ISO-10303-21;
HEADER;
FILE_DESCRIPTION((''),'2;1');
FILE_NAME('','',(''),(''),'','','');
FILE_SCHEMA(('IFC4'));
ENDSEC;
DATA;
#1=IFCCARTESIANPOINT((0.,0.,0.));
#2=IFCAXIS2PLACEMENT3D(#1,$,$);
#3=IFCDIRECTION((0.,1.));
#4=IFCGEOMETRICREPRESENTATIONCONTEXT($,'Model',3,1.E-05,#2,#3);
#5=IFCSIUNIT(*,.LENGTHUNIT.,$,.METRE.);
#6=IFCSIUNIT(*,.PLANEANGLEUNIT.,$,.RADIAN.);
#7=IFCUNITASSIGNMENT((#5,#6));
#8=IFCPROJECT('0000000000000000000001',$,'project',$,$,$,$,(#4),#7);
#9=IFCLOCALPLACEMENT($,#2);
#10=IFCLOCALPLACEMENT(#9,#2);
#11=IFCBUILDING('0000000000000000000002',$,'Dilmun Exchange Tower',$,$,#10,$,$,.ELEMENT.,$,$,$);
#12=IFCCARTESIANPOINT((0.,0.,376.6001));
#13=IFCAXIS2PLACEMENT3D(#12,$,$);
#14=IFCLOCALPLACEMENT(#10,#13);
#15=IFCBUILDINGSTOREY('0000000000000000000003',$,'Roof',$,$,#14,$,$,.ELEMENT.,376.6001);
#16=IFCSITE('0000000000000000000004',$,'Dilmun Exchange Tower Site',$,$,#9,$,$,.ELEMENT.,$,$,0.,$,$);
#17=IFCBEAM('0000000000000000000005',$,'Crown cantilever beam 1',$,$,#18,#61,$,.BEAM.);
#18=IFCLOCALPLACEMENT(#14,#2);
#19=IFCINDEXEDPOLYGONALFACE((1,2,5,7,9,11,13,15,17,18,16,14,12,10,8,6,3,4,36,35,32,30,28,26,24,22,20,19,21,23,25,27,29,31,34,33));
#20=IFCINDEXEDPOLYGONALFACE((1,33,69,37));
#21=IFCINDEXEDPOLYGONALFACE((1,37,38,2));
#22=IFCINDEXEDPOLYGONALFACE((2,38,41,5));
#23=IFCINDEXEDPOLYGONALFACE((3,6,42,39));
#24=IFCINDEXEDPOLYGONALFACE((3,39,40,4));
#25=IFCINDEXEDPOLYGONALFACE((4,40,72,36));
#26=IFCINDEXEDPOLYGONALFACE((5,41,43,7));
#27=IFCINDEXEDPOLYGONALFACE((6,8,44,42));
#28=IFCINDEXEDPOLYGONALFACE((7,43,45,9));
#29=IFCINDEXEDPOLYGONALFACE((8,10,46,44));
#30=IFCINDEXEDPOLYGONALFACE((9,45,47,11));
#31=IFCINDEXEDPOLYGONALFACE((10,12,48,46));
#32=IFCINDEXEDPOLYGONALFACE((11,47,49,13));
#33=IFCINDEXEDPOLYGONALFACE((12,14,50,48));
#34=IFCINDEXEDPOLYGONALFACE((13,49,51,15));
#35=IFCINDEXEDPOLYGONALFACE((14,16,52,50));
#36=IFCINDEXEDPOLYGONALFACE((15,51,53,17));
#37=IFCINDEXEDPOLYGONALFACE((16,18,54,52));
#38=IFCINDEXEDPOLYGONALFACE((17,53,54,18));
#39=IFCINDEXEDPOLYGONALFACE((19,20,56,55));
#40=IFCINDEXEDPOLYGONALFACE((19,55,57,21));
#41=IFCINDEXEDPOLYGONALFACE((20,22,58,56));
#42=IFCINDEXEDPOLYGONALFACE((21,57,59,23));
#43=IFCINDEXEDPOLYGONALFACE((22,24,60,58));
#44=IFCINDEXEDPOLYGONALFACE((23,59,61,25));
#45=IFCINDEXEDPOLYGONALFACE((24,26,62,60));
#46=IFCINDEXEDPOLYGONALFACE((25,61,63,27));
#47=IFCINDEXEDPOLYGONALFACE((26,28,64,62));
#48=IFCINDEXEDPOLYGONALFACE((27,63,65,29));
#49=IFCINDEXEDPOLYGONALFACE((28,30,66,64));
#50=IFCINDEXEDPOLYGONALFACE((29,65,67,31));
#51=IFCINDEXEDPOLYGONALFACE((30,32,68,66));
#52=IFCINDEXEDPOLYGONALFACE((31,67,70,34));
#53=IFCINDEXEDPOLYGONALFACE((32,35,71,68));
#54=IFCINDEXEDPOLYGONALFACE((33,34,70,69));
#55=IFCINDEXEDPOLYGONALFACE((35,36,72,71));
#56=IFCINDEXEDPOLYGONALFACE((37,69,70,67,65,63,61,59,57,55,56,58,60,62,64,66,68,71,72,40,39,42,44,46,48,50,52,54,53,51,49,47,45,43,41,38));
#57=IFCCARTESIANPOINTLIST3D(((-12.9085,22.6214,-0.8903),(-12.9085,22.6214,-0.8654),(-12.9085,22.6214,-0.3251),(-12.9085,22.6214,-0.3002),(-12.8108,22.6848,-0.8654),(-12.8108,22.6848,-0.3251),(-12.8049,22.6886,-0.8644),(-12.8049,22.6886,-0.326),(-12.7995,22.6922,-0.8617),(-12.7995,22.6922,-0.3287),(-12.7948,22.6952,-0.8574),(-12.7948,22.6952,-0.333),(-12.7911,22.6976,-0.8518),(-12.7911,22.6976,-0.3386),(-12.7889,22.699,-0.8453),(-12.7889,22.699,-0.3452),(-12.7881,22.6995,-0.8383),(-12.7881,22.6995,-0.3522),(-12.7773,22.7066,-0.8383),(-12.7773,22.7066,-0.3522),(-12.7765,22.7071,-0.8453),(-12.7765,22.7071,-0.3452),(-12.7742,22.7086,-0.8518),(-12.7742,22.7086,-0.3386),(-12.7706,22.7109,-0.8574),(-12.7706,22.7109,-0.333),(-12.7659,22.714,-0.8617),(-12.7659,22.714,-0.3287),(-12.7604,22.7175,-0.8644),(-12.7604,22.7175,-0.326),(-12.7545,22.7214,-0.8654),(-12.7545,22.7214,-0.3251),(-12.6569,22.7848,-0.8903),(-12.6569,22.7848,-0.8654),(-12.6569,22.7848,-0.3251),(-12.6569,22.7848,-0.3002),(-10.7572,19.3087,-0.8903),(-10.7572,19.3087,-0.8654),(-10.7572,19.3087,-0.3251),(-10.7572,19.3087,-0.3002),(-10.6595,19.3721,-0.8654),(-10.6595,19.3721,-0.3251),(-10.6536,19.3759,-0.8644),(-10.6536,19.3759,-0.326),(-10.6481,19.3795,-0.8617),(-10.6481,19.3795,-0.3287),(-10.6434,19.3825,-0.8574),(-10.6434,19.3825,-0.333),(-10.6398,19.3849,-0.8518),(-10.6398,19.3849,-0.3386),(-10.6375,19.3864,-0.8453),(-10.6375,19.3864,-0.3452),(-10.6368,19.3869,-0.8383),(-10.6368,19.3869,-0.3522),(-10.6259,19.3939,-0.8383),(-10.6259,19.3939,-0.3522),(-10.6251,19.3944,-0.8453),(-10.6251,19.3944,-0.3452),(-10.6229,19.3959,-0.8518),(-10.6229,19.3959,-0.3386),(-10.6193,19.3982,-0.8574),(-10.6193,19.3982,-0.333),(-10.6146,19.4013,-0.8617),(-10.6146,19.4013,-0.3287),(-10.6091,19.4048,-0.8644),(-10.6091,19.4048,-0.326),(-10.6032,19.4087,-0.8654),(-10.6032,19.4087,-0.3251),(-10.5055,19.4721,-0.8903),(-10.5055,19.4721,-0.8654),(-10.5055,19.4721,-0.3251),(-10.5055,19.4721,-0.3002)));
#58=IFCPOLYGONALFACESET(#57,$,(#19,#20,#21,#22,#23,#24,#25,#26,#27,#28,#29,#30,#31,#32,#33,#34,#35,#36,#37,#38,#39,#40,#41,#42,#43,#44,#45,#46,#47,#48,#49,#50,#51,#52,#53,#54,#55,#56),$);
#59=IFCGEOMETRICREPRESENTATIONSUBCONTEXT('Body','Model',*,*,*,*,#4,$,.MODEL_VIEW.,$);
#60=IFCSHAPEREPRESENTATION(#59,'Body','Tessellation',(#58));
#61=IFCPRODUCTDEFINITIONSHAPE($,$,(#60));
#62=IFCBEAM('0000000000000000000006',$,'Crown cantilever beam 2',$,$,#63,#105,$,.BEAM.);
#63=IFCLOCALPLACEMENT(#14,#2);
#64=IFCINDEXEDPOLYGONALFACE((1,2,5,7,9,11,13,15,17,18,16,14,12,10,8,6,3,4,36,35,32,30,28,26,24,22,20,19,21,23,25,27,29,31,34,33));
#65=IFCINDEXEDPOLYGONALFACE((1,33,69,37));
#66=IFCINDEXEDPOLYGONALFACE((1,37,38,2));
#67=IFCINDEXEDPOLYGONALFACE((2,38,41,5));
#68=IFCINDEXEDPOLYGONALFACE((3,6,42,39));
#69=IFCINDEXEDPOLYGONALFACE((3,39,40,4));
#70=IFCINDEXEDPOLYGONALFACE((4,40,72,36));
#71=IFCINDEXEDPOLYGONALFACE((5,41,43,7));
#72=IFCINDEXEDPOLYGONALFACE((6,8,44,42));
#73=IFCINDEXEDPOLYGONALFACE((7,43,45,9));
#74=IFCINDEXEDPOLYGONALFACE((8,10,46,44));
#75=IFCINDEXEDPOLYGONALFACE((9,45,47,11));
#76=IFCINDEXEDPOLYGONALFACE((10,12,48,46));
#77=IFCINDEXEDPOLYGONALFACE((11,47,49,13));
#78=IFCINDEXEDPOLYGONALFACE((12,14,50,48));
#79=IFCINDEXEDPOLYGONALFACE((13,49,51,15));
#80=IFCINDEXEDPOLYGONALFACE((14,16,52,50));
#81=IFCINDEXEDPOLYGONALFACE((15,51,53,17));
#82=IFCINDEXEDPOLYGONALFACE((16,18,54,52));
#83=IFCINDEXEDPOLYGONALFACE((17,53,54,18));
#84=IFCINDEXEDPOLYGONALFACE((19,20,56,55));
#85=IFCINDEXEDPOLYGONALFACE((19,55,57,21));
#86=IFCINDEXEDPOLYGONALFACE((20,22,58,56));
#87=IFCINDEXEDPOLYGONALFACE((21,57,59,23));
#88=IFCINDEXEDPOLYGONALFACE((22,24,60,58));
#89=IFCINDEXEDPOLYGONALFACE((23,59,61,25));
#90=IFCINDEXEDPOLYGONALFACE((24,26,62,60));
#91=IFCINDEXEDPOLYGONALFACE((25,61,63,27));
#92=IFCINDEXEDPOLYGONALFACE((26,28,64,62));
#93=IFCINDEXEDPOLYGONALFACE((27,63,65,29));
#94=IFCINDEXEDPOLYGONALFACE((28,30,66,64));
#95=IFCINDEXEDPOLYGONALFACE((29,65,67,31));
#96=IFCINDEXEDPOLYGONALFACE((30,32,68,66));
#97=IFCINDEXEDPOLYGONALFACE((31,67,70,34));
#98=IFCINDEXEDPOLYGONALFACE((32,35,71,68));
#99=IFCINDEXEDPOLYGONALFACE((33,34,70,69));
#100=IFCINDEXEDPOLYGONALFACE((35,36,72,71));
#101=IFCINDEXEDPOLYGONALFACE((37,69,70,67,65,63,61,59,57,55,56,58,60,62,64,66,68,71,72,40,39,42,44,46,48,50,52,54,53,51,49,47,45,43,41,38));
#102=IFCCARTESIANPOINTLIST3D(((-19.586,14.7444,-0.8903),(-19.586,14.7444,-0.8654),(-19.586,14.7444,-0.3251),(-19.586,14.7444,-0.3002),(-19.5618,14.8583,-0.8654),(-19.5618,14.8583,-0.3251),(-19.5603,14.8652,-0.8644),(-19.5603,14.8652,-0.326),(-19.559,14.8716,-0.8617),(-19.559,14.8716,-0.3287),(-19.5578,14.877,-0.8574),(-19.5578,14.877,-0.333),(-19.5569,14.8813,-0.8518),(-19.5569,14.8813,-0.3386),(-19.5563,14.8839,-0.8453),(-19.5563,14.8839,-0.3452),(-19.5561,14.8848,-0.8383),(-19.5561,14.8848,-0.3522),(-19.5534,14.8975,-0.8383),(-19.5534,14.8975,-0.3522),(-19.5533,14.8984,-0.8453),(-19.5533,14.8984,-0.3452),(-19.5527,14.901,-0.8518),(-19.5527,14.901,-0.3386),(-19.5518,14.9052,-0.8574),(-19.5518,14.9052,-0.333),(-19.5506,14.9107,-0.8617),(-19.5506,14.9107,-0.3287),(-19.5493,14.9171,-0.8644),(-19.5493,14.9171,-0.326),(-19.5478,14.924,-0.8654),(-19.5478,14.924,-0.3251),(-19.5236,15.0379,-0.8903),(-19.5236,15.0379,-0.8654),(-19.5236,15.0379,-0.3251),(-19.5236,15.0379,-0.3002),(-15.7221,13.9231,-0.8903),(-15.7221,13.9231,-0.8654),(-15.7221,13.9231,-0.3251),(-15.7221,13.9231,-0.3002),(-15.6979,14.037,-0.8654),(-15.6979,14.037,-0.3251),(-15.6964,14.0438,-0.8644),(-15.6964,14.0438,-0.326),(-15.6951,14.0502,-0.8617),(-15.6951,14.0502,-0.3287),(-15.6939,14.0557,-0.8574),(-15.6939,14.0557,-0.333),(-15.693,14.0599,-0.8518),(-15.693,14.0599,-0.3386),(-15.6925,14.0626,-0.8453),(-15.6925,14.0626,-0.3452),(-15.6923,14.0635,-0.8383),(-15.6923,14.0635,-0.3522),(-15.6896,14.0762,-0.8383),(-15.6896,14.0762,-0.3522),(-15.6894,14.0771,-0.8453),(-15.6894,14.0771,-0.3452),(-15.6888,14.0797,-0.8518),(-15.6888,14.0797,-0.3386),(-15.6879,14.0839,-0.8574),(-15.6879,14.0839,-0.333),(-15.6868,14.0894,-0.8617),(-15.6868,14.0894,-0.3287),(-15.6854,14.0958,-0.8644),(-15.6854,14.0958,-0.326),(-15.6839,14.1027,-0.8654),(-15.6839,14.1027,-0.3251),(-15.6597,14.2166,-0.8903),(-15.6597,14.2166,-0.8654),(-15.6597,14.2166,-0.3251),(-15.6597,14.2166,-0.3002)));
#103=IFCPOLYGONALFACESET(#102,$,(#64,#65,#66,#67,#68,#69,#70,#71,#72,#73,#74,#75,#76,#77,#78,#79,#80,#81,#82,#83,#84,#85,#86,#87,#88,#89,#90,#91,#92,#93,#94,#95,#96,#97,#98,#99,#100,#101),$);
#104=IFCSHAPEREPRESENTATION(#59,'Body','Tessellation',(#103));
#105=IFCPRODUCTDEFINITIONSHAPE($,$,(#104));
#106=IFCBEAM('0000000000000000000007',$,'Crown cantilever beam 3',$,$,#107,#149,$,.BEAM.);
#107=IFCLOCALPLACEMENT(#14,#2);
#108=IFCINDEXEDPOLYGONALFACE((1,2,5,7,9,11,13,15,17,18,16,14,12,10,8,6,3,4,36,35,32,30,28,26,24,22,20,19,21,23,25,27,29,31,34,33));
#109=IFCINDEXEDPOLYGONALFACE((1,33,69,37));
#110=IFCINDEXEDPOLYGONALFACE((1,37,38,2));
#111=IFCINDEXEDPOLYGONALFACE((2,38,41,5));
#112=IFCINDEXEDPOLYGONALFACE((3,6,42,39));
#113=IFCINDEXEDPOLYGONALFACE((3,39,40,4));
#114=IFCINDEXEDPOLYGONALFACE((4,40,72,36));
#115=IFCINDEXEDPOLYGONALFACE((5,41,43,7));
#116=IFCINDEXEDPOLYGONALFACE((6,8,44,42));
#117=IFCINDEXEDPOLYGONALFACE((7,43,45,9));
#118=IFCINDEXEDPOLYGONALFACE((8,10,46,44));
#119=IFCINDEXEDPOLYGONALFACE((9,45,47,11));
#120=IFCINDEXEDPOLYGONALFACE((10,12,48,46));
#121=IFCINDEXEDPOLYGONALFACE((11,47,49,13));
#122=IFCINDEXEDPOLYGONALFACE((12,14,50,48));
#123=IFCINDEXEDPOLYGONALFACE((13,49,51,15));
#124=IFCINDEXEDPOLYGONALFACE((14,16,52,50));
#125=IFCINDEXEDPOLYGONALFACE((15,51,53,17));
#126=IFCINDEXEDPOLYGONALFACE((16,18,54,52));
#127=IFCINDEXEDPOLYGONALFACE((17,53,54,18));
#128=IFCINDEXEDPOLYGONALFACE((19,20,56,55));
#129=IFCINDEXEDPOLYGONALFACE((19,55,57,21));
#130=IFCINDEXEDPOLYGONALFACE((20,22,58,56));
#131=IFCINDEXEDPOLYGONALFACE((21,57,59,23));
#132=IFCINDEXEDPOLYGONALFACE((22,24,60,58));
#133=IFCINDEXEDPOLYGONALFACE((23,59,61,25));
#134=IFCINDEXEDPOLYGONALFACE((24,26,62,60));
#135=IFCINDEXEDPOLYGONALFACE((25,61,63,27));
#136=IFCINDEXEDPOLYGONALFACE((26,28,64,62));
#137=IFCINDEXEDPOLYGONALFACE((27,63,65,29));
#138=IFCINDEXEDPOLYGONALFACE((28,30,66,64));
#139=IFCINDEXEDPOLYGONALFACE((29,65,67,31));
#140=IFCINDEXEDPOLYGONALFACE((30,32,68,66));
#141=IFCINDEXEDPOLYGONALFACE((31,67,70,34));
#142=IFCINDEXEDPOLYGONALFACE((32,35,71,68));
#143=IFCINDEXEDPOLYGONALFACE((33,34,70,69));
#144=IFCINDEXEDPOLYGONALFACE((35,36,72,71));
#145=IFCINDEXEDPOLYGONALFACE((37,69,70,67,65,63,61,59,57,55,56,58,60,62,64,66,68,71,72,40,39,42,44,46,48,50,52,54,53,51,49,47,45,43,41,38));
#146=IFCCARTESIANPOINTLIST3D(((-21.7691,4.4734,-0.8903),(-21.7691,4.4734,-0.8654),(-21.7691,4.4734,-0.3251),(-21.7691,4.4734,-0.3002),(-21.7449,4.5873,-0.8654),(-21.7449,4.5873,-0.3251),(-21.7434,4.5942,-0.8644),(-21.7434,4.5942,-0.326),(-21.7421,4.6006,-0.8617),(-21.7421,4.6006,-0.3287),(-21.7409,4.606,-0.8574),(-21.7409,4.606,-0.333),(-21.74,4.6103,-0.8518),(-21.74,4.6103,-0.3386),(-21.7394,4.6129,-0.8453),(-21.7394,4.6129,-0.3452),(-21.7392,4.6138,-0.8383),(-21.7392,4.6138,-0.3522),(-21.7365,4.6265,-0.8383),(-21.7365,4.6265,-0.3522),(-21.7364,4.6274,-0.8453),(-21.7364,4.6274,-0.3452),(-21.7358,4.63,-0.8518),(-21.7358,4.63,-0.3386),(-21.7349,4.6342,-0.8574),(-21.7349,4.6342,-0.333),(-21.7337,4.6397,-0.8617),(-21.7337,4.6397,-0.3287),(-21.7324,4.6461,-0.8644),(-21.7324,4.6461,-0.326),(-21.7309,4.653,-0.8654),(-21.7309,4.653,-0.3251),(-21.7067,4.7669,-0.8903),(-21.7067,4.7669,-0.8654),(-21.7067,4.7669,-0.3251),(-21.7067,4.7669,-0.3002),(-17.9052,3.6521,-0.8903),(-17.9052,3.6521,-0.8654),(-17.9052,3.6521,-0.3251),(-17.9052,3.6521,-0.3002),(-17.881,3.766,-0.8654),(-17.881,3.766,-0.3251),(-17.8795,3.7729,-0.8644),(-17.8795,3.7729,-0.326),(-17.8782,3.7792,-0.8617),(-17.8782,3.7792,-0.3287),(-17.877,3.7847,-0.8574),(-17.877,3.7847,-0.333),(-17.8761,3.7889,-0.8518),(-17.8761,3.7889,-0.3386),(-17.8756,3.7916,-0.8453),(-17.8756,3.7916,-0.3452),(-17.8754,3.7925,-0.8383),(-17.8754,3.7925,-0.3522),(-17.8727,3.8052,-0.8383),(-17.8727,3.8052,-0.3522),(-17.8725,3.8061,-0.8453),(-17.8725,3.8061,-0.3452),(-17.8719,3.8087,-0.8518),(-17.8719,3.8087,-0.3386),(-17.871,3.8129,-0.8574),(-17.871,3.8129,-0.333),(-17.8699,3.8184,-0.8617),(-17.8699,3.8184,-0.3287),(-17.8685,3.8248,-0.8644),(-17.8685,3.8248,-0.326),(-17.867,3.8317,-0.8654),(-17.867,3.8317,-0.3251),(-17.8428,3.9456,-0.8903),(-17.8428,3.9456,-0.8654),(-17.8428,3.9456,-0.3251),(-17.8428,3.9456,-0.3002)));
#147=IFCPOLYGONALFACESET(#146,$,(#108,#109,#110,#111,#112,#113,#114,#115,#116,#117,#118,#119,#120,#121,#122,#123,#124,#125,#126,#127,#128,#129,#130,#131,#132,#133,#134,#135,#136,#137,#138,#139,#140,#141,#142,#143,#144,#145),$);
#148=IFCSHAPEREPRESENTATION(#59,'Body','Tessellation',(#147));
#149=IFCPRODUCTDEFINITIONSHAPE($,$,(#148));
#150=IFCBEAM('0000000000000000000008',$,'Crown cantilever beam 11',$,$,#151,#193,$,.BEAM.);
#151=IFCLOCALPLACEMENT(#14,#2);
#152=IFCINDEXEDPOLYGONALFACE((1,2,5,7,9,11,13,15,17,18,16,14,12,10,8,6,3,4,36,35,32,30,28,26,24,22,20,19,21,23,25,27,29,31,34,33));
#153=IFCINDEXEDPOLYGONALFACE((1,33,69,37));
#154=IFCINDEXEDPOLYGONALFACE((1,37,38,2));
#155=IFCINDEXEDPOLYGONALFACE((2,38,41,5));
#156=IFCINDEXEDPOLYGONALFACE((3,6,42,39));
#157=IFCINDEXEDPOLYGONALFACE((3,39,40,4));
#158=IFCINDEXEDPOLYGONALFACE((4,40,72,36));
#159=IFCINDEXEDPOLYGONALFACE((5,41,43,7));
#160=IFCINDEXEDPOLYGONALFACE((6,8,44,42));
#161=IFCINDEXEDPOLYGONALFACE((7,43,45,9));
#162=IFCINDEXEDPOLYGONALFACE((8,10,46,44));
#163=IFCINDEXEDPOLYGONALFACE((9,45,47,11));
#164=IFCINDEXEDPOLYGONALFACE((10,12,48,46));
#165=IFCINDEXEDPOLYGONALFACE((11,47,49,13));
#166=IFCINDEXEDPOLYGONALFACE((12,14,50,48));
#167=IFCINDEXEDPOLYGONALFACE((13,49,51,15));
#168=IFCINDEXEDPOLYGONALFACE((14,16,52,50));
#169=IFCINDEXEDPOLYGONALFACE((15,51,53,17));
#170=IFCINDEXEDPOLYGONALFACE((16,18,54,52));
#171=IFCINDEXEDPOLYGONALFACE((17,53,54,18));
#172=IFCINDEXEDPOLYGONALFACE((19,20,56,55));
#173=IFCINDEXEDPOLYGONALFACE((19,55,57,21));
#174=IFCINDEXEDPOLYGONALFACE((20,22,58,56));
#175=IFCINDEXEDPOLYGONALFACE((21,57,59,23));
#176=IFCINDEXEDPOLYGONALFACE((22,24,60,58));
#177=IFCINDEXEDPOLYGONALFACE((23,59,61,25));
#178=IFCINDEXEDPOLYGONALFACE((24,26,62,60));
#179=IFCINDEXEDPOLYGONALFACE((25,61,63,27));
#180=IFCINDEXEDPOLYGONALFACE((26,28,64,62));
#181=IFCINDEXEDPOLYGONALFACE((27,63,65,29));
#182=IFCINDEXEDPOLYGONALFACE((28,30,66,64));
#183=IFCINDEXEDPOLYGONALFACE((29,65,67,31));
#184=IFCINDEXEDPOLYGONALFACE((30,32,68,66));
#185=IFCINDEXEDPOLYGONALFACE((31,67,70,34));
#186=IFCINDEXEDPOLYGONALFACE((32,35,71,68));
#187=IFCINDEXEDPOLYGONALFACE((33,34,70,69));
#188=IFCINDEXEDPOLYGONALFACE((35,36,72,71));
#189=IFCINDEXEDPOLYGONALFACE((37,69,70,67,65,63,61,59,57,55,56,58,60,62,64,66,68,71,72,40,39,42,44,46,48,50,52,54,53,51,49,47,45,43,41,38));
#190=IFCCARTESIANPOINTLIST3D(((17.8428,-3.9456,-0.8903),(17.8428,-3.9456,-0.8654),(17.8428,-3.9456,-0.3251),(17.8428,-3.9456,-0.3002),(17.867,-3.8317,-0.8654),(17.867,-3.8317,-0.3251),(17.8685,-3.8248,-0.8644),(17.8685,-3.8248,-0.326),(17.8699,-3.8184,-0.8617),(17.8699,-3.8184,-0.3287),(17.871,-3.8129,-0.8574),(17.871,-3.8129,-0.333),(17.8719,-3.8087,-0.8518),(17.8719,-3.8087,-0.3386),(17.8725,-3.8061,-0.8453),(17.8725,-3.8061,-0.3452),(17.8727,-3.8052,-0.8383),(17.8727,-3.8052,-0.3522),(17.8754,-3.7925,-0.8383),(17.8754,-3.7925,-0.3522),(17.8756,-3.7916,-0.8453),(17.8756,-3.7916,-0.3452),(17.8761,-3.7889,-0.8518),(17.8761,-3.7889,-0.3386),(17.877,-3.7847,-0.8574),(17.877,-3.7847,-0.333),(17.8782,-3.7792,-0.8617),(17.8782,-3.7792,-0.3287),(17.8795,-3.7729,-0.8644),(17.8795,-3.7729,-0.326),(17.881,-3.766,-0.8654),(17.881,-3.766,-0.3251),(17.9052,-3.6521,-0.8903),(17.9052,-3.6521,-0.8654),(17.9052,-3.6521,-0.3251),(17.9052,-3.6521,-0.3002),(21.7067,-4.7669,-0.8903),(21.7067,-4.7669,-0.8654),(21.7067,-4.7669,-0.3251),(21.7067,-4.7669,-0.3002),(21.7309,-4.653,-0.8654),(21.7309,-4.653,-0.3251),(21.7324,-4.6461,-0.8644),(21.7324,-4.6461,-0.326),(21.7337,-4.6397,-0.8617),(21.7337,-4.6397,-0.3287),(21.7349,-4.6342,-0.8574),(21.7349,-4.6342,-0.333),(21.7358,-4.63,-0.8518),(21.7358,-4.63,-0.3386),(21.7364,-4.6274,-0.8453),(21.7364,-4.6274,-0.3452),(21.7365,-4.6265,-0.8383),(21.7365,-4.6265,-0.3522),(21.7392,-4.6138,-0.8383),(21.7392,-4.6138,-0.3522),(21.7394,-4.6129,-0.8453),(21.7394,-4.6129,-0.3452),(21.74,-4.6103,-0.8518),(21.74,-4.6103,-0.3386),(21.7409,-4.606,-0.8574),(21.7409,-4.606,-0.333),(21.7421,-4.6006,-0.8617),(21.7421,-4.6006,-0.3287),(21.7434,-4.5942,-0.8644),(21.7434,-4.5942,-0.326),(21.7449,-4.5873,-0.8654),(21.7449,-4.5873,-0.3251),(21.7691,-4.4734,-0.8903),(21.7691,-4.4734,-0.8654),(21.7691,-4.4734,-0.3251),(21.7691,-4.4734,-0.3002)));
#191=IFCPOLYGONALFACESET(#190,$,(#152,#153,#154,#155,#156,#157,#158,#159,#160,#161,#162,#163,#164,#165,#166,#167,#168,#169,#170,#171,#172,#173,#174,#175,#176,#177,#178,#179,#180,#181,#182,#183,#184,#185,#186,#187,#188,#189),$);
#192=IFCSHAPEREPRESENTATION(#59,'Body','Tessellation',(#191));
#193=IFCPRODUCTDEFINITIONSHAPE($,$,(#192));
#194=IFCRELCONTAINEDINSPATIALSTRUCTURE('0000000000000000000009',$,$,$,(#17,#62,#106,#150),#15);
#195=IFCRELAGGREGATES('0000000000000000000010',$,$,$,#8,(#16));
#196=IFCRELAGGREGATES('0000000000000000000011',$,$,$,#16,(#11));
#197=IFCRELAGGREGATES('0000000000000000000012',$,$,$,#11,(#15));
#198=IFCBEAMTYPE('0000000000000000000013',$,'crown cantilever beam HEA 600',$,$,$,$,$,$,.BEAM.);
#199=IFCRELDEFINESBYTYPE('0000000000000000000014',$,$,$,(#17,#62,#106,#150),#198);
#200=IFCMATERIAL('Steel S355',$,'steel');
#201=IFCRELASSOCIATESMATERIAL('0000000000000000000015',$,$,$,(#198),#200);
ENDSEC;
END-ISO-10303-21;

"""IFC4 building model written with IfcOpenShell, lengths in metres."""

from ifc_helpers import new_model, si_unit, direction, frame, origin, origin_2d, place, context, subcontext, project, spatial, i_section, extrude, material, material_profile, profile_set, type_object, element, save


model = new_model("IFC4")

# Units and contexts
model_context = context("Model", 3, precision=1e-05, world=origin(), true_north=direction((0.0, 1.0)))
body_context = subcontext(model_context, "Body", "Model", "MODEL_VIEW")
ifc_project = project(units=[si_unit("LENGTHUNIT", "METRE"), si_unit("PLANEANGLEUNIT", "RADIAN")], contexts=[model_context])

# Site, building, storey
site_placement = place(None, origin())
site = spatial("IfcSite", under=ifc_project, at=site_placement, Name="Dilmun Exchange Tower Site", CompositionType="ELEMENT", RefElevation=0.0)
building_placement = place(site_placement, origin())
building = spatial("IfcBuilding", under=site, at=building_placement, Name="Dilmun Exchange Tower", CompositionType="ELEMENT")
storey_placement = place(building_placement, frame((0.0, 0.0, 376.6001)))
storey = spatial("IfcBuildingStorey", under=building, at=storey_placement, Name="Roof", CompositionType="ELEMENT", Elevation=376.6001)

# Beams
ifc_material_1 = material(Name="Steel S355", Category="steel")
ifc_material_profile_1 = material_profile(ifc_material_1, i_section(OverallWidth=0.3, OverallDepth=0.5901, WebThickness=0.0129, FlangeThickness=0.0249, FilletRadius=0.0271, at=origin_2d()), Name="HEA 600")
ifc_profile_set_1 = profile_set([ifc_material_profile_1], Name="Steel S355")
beam_type_1 = type_object("IfcBeamType", Name="crown cantilever beam HEA 600", PredefinedType="BEAM", material=ifc_profile_set_1)
beam_1_placement = place(storey_placement, frame((-10.6313, 19.3904, -0.5952), z_axis=(-0.544647, 0.838665, 0.0), x_axis=(-0.838665, -0.544647, 0.0)))
element("IfcBeam", 1, at=beam_1_placement, inside=storey, type_object=beam_type_1, Name="Crown cantilever beam 1", PredefinedType="BEAM", context=body_context, shape_type="SweptSolid", body=[
    extrude(i_section(OverallWidth=0.3, OverallDepth=0.5901, WebThickness=0.0129, FlangeThickness=0.0249, FilletRadius=0.0271, at=origin_2d()), origin(), (0.0, 0.0, 1.0), 3.95),
])
for number, where, z_axis, x_axis, name in (
    (2, (-15.6909, 14.0698, -0.5952), (-0.978147, 0.207916, 0.0), (-0.207916, -0.978147, 0.0), "Crown cantilever beam 2"),
    (3, (-17.874, 3.7988, -0.5952), (-0.978147, 0.207916, 0.0), (-0.207916, -0.978147, 0.0), "Crown cantilever beam 3"),
    (4, (17.874, -3.7988, -0.5952), (0.978147, -0.207916, 0.0), (0.207916, 0.978147, 0.0), "Crown cantilever beam 11"),
):
    element("IfcBeam", number, at=place(storey_placement, frame(where, z_axis=z_axis, x_axis=x_axis)), inside=storey, type_object=beam_type_1, Name=name, PredefinedType="BEAM", context=body_context, shape_type="SweptSolid", body=[
        extrude(i_section(OverallWidth=0.3, OverallDepth=0.5901, WebThickness=0.0129, FlangeThickness=0.0249, FilletRadius=0.0271, at=origin_2d()), origin(), (0.0, 0.0, 1.0), 3.9502),
    ])

save(model, "model.ifc")
